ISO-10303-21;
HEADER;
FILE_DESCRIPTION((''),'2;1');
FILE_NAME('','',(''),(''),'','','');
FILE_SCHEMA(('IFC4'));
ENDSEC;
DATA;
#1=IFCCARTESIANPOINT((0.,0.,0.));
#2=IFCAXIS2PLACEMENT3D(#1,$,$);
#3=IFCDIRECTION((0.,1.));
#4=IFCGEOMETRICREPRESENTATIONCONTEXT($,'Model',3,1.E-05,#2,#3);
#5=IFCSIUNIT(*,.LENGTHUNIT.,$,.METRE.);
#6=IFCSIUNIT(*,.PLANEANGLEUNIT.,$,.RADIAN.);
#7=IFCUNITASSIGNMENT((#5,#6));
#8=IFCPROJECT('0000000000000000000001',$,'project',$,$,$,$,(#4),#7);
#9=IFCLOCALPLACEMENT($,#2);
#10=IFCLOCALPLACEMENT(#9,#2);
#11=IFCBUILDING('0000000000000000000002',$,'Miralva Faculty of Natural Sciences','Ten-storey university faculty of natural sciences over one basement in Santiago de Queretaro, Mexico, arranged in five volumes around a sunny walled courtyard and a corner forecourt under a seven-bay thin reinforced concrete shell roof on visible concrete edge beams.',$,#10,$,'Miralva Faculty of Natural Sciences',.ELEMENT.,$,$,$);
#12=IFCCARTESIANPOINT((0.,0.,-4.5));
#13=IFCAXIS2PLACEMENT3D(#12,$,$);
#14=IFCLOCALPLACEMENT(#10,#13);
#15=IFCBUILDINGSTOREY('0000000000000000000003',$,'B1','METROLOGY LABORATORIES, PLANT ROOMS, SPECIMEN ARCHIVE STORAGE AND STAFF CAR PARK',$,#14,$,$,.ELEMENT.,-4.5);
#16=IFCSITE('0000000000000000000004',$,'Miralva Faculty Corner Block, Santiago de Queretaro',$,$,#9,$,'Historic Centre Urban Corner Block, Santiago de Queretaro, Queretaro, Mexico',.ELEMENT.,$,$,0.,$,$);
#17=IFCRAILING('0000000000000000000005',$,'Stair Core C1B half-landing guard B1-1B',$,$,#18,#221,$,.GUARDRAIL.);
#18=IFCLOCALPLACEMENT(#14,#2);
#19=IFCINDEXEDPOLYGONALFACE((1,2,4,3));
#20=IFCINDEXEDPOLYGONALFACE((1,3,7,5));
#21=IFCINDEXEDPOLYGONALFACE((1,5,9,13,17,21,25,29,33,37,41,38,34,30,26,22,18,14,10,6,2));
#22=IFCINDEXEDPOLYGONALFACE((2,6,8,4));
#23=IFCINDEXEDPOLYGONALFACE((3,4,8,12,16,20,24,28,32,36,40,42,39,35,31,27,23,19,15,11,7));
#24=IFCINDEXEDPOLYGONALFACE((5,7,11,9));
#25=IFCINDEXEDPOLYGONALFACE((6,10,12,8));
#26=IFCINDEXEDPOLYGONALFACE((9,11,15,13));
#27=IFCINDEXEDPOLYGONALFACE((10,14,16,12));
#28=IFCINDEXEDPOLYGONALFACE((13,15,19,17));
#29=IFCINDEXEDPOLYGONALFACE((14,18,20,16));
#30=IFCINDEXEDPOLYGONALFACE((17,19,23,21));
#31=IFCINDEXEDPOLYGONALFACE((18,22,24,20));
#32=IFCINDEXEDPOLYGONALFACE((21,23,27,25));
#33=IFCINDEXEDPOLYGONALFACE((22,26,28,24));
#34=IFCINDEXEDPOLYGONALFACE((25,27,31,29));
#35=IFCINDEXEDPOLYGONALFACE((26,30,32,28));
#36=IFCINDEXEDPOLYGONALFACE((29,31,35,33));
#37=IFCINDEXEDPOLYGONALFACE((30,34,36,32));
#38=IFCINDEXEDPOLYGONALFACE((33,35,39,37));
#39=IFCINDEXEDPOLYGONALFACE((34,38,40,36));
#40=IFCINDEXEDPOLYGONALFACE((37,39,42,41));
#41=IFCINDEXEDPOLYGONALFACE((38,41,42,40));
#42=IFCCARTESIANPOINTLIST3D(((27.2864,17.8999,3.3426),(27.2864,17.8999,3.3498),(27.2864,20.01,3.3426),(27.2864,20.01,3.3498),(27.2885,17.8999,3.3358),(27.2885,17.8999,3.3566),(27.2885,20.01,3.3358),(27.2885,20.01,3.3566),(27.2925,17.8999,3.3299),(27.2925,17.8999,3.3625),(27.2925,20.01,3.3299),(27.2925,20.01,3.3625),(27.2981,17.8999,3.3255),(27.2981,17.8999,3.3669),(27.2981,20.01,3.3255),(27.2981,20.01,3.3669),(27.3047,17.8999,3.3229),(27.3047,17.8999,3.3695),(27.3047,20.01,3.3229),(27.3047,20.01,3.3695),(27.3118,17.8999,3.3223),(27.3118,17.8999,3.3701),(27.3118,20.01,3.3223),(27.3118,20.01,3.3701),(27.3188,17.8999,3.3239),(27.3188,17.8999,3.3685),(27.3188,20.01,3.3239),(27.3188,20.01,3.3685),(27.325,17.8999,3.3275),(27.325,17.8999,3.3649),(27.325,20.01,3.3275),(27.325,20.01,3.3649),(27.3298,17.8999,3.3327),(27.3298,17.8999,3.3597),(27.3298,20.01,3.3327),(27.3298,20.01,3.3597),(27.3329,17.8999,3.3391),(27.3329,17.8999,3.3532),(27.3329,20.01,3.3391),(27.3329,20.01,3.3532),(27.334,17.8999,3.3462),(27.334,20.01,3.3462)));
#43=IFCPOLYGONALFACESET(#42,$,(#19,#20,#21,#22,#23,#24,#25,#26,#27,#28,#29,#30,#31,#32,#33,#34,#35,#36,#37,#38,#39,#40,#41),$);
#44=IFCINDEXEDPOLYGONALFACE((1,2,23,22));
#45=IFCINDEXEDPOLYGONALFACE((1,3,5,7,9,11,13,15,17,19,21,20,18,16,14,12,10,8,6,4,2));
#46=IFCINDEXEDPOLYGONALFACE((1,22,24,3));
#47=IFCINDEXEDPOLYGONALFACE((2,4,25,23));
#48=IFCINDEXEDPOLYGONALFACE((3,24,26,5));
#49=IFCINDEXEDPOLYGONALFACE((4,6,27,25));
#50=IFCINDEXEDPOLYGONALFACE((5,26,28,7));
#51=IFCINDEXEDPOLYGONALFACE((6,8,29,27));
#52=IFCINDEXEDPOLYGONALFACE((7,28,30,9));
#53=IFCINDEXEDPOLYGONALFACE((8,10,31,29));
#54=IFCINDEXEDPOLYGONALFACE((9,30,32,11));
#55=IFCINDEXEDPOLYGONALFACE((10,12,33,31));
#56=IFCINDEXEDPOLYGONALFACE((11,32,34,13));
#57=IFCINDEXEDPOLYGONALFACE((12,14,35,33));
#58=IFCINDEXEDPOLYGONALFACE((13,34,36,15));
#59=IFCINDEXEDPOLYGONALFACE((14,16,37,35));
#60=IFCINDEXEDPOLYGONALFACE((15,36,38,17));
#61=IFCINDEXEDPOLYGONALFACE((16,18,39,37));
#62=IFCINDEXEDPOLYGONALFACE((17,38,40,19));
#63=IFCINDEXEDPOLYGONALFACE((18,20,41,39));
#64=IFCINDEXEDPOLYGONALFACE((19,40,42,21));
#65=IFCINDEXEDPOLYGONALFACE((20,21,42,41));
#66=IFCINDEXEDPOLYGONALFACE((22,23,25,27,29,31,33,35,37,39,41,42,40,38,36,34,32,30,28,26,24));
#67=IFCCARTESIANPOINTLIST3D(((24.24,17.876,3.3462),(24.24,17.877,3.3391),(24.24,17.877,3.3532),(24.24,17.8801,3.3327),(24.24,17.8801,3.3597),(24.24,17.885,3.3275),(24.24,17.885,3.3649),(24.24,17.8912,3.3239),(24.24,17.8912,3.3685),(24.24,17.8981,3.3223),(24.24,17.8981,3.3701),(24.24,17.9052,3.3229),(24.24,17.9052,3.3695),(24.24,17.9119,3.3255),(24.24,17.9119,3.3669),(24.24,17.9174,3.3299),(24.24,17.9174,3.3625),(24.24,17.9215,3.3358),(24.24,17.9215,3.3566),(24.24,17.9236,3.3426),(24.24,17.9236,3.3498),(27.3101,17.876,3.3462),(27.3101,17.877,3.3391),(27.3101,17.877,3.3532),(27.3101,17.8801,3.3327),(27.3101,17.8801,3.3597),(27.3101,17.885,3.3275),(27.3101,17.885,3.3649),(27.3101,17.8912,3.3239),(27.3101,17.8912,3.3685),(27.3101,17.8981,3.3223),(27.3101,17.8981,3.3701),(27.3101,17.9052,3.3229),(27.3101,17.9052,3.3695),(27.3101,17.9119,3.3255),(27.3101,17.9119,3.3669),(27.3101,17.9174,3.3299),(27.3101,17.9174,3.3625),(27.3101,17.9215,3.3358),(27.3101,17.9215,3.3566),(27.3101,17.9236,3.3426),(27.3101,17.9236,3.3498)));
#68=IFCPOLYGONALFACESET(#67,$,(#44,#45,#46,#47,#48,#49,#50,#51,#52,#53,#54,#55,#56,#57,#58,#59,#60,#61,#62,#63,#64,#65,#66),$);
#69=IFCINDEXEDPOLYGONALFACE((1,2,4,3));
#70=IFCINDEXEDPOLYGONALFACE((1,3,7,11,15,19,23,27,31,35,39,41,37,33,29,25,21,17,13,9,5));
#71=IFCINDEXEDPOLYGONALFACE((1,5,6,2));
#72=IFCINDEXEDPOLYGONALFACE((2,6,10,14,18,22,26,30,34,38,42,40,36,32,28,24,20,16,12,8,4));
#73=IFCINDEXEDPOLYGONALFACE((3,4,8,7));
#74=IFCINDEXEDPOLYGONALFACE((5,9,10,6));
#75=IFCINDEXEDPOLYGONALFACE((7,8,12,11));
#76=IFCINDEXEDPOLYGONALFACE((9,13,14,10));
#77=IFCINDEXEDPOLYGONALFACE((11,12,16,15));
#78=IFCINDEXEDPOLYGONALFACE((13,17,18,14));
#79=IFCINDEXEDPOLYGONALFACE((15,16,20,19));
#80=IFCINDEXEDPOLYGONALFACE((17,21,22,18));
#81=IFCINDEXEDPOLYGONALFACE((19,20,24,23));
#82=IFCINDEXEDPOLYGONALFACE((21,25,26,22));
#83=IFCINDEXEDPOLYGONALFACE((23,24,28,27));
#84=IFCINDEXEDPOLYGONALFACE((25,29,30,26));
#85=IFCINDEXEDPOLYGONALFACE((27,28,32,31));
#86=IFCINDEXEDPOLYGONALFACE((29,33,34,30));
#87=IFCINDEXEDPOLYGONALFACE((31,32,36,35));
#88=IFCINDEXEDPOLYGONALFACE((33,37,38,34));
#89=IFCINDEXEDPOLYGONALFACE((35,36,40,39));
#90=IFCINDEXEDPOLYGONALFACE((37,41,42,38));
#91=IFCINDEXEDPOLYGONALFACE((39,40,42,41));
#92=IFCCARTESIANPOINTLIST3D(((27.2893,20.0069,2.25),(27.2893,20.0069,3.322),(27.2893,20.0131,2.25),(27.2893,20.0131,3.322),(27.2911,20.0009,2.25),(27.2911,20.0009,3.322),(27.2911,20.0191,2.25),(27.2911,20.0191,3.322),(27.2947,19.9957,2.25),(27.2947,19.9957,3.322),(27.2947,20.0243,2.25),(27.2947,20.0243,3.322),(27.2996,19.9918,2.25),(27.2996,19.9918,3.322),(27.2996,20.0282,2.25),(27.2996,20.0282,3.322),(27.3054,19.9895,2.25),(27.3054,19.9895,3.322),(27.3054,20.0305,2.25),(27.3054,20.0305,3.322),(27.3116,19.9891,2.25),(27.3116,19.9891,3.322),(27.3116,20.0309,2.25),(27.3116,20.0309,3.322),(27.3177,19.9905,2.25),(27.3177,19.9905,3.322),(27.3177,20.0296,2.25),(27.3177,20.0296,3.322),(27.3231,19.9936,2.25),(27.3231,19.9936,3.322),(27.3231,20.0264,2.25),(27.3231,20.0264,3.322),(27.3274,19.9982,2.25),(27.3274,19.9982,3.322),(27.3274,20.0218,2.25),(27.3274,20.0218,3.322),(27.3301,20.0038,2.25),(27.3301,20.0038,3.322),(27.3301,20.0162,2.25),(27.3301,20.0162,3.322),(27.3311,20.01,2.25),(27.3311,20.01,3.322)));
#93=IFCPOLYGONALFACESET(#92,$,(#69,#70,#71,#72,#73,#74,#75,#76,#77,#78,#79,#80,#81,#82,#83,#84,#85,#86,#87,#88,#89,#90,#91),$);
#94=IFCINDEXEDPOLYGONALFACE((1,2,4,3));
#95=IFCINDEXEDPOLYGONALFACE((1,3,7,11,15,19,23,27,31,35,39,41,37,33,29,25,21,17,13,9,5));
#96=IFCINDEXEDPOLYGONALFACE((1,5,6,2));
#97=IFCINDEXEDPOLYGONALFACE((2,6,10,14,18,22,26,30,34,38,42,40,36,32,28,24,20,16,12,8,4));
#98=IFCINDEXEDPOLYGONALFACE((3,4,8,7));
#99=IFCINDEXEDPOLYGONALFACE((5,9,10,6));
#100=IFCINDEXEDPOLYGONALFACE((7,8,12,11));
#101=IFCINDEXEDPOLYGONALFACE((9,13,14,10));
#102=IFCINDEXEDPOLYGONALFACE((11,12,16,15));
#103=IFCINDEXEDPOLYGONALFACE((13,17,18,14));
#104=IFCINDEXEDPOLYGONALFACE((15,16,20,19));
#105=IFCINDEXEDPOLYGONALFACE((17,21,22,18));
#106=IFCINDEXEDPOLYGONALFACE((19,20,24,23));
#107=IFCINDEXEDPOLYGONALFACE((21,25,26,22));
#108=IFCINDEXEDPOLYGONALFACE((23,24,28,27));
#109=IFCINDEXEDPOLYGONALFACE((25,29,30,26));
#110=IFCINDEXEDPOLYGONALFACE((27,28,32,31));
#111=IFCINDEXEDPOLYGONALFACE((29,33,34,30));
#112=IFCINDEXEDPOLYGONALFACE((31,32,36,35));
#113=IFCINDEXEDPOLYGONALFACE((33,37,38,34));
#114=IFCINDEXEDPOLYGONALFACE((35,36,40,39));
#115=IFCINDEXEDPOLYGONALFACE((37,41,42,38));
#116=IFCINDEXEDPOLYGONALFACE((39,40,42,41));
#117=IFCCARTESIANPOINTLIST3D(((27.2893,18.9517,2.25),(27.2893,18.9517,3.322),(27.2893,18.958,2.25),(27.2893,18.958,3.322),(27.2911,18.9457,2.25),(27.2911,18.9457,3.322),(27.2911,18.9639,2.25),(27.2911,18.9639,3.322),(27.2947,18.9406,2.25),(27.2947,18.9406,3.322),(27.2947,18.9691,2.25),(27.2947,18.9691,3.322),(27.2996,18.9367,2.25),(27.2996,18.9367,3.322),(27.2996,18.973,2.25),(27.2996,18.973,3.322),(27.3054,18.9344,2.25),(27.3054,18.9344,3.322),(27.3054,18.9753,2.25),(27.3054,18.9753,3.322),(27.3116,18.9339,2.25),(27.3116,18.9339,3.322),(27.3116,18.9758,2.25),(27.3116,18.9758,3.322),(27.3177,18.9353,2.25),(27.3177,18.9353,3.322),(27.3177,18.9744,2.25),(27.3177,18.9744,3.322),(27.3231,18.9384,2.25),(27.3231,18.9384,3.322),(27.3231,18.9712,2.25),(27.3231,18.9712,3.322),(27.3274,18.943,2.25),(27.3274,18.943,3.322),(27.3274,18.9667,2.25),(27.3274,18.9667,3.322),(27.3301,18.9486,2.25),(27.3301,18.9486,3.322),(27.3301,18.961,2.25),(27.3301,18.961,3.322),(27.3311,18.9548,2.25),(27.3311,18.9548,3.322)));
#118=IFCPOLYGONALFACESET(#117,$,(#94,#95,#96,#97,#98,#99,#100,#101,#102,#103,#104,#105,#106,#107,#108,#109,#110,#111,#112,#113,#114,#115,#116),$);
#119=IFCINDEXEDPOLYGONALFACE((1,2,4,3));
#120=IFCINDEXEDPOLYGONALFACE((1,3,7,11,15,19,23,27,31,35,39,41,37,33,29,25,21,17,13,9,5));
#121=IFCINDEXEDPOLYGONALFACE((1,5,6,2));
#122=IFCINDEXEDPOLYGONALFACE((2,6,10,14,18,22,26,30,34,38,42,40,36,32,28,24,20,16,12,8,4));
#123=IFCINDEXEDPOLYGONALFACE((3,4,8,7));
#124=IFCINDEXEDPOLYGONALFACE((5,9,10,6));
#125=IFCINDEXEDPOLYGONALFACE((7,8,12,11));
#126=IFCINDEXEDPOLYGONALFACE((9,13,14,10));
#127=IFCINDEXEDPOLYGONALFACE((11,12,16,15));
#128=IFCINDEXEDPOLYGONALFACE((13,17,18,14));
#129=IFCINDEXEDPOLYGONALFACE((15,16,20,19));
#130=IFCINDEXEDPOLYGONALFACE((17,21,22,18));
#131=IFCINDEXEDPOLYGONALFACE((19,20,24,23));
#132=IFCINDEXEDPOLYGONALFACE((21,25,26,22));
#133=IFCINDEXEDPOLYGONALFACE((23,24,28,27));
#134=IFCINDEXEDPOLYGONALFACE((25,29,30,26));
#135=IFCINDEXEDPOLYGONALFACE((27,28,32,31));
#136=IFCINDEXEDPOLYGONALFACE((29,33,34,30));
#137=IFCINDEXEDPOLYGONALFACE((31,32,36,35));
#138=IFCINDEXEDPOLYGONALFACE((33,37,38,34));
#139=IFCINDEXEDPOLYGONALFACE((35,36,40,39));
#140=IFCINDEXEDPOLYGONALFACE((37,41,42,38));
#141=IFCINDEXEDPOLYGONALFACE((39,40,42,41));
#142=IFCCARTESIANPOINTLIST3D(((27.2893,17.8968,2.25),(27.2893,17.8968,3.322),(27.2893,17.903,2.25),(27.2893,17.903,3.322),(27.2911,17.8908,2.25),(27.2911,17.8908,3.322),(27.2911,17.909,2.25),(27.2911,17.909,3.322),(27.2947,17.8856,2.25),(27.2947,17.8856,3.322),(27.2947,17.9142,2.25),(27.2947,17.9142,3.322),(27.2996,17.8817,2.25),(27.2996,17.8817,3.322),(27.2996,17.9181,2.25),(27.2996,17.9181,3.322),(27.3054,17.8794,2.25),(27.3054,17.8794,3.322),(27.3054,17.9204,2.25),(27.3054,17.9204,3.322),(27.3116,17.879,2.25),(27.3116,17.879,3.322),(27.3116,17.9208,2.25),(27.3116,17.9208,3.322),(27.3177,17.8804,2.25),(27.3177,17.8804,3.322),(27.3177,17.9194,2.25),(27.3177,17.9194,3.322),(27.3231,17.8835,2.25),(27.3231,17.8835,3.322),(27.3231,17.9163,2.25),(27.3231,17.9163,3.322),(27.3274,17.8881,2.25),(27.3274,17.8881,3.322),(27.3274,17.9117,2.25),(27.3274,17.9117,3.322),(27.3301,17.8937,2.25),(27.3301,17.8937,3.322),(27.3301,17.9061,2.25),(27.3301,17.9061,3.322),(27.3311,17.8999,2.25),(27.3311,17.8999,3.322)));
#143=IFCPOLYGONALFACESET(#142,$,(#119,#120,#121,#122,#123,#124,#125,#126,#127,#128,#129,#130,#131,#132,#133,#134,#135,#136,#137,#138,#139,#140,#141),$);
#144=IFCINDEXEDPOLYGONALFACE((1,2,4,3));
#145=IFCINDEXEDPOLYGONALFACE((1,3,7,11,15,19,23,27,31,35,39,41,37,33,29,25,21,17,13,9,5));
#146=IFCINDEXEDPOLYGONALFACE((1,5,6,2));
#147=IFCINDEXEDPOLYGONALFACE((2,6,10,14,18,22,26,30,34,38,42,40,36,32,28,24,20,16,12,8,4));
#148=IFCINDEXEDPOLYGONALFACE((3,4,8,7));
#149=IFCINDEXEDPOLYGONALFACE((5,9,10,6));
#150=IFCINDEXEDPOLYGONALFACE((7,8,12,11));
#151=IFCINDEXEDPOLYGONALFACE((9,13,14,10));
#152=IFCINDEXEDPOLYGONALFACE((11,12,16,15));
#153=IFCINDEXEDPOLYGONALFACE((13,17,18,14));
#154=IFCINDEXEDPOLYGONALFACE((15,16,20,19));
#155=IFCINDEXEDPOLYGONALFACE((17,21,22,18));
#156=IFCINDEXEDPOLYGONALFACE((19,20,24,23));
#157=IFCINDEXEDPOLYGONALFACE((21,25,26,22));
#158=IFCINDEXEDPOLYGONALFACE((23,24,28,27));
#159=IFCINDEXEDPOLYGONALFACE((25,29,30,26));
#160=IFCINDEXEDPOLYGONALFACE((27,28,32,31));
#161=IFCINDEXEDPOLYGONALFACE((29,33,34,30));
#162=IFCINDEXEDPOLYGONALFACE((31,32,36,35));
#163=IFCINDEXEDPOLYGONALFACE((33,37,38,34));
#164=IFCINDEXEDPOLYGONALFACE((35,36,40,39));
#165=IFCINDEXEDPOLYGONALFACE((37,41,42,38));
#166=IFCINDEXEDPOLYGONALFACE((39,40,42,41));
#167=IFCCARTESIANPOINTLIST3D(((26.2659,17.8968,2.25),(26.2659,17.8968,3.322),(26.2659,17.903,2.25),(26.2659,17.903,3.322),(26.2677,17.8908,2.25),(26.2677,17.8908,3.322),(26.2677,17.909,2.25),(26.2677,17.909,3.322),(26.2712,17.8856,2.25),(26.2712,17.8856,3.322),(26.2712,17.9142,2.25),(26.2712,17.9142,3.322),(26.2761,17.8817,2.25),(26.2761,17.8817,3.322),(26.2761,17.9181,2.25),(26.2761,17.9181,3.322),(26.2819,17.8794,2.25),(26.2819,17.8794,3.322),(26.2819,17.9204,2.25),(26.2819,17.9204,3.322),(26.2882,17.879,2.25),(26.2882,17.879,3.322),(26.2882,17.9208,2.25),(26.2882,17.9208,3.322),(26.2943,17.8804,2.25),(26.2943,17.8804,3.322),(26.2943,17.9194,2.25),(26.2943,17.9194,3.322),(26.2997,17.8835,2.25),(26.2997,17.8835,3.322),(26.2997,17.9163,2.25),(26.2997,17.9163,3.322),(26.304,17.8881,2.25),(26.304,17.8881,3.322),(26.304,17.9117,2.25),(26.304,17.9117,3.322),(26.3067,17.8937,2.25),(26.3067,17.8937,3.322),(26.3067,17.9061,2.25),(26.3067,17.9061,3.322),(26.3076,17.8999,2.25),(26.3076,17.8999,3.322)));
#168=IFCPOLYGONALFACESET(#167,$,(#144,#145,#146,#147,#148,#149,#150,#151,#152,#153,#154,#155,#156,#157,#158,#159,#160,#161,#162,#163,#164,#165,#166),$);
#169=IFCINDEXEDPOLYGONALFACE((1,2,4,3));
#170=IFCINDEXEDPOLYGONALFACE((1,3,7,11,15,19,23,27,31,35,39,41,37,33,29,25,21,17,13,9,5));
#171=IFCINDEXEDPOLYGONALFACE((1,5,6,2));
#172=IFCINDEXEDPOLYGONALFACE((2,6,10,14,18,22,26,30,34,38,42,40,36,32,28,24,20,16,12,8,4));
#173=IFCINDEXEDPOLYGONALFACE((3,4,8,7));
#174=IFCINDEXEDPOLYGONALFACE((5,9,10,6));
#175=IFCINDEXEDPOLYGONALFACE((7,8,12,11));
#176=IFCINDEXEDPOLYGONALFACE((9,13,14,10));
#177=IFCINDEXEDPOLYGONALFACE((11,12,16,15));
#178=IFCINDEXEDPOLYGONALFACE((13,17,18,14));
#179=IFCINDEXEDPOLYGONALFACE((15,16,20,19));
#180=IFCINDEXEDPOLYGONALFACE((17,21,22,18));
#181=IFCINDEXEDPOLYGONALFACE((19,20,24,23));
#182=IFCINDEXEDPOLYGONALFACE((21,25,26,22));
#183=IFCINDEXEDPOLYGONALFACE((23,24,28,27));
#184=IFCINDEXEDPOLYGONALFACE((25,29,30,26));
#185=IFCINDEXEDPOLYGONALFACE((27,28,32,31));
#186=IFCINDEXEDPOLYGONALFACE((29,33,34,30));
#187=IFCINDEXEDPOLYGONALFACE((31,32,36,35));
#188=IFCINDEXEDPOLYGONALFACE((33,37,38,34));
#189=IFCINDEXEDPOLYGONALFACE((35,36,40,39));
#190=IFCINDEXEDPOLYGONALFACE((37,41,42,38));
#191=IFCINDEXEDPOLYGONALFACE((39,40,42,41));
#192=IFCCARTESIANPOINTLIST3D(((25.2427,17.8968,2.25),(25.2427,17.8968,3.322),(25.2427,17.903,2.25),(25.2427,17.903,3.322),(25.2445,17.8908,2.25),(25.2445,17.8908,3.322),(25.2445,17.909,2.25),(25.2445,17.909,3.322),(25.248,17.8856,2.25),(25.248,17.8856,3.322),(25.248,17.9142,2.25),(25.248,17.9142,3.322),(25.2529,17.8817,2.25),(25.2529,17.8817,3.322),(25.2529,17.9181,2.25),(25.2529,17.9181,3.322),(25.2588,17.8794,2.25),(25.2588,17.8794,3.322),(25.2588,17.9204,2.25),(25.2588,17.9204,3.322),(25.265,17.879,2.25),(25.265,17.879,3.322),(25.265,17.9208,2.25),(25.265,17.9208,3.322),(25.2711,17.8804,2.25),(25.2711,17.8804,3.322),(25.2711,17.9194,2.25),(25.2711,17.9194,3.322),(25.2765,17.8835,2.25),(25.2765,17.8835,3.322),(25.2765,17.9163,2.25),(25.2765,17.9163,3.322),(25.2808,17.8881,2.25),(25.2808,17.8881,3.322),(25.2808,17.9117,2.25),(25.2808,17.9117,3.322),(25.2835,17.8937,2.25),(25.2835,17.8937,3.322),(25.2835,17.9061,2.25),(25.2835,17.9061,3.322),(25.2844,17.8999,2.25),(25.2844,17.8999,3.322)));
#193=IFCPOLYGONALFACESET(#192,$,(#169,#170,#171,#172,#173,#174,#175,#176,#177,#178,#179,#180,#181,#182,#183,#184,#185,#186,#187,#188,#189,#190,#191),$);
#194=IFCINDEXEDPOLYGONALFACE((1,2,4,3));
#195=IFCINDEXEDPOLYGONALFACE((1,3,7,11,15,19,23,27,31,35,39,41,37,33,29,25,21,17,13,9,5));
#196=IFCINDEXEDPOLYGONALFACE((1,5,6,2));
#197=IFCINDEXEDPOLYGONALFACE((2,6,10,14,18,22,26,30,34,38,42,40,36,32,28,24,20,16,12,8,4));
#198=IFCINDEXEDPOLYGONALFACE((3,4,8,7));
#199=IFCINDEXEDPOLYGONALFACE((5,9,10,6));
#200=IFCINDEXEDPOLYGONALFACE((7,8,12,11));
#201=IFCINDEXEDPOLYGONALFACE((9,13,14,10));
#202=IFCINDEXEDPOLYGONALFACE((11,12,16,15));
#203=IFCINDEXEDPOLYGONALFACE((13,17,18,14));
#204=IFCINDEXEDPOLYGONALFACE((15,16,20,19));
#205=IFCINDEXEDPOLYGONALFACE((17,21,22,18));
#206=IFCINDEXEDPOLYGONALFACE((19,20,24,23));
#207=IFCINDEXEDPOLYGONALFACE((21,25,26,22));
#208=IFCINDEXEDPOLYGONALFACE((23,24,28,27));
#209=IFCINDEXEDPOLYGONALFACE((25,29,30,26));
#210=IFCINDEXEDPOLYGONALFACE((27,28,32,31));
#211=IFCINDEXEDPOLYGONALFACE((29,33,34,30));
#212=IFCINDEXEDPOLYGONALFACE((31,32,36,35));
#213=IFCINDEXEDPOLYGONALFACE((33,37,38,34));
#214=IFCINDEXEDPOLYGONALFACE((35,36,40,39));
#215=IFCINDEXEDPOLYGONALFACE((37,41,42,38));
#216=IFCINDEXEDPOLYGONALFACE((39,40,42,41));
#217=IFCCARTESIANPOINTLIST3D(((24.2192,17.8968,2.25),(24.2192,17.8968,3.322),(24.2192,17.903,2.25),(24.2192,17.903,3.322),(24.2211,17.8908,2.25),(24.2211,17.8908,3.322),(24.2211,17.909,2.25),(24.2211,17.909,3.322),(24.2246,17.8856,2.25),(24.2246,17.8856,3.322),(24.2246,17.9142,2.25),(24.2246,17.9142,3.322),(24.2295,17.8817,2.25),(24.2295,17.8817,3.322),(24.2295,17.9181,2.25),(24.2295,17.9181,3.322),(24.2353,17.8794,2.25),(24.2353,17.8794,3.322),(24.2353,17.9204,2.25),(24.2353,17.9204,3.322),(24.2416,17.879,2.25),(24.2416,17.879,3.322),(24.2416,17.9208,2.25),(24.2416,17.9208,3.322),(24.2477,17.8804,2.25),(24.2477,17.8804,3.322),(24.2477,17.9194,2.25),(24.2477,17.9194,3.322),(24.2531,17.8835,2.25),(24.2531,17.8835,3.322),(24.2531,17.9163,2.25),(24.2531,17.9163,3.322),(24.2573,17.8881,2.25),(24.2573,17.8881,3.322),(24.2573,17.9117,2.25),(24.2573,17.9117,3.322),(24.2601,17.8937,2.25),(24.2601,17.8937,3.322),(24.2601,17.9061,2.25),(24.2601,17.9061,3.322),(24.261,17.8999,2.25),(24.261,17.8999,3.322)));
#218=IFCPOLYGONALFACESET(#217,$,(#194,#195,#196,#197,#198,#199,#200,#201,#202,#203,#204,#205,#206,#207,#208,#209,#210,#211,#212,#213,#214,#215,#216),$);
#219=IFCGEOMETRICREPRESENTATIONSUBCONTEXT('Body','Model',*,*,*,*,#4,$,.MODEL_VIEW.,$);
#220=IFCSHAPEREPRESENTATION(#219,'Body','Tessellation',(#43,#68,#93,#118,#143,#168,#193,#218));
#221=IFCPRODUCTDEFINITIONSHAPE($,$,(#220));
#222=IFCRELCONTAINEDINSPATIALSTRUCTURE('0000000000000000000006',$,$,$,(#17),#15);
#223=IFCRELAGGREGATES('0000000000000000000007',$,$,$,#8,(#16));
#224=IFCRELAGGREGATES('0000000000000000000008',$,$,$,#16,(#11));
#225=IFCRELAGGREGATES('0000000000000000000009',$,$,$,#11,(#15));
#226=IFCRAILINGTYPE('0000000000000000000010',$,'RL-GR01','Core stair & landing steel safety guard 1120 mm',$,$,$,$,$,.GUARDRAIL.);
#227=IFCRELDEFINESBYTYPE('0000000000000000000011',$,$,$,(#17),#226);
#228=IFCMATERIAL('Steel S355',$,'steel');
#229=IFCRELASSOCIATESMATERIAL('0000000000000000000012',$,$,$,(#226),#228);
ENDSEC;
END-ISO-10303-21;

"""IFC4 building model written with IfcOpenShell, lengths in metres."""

from ifc_helpers import new_model, si_unit, direction, frame, origin, origin_2d, place, context, subcontext, project, spatial, circle, extrude, material, type_object, element, save


model = new_model("IFC4")

# Units and contexts
model_context = context("Model", 3, precision=1e-05, world=origin(), true_north=direction((0.0, 1.0)))
body_context = subcontext(model_context, "Body", "Model", "MODEL_VIEW")
ifc_project = project(units=[si_unit("LENGTHUNIT", "METRE"), si_unit("PLANEANGLEUNIT", "RADIAN")], contexts=[model_context])

# Site, building, storey
site_placement = place(None, origin())
site = spatial("IfcSite", under=ifc_project, at=site_placement, Name="Miralva Faculty Corner Block, Santiago de Queretaro", LongName="Historic Centre Urban Corner Block, Santiago de Queretaro, Queretaro, Mexico", CompositionType="ELEMENT", RefElevation=0.0)
building_placement = place(site_placement, origin())
building = spatial("IfcBuilding", under=site, at=building_placement, Name="Miralva Faculty of Natural Sciences", Description="Ten-storey university faculty of natural sciences over one basement in Santiago de Queretaro, Mexico, arranged in five volumes around a sunny walled courtyard and a corner forecourt under a seven-bay thin reinforced concrete shell roof on visible concrete edge beams.", LongName="Miralva Faculty of Natural Sciences", CompositionType="ELEMENT")
storey_placement = place(building_placement, frame((0.0, 0.0, -4.5)))
storey = spatial("IfcBuildingStorey", under=building, at=storey_placement, Name="B1", Description="METROLOGY LABORATORIES, PLANT ROOMS, SPECIMEN ARCHIVE STORAGE AND STAFF CAR PARK", CompositionType="ELEMENT", Elevation=-4.5)

# Railing
ifc_material_1 = material(Name="Steel S355", Category="steel")
railing_type = type_object("IfcRailingType", Name="RL-GR01", Description="Core stair & landing steel safety guard 1120 mm", PredefinedType="GUARDRAIL", material=ifc_material_1)
railing_placement = place(storey_placement, frame((27.3101, 20.01, 2.25)))
element("IfcRailing", 1, at=railing_placement, inside=storey, type_object=railing_type, Name="Stair Core C1B half-landing guard B1-1B", PredefinedType="GUARDRAIL", context=body_context, shape_type="SweptSolid", body=[
    extrude(circle(Radius=0.0239, at=origin_2d()), frame((0.0, 0.0, 1.0962), z_axis=(0.0, -1.0, 0.0), x_axis=(1.0, 0.0, 0.0)), (0.0, 0.0, 1.0), 2.1101),
    extrude(circle(Radius=0.0239, at=origin_2d()), frame((0.0, -2.1101, 1.0962), z_axis=(-1.0, 0.0, 0.0), x_axis=(0.0, -1.0, 0.0)), (0.0, 0.0, 1.0), 3.0701),
    extrude(circle(Radius=0.021, at=origin_2d()), origin(), (0.0, 0.0, 1.0), 1.072),
    extrude(circle(Radius=0.021, at=origin_2d()), frame((0.0, -1.0552, 0.0)), (0.0, 0.0, 1.0), 1.072),
    extrude(circle(Radius=0.021, at=origin_2d()), frame((0.0, -2.1101, 0.0)), (0.0, 0.0, 1.0), 1.072),
    extrude(circle(Radius=0.021, at=origin_2d()), frame((-1.0234, -2.1101, 0.0)), (0.0, 0.0, 1.0), 1.072),
    extrude(circle(Radius=0.021, at=origin_2d()), frame((-2.0466, -2.1101, 0.0)), (0.0, 0.0, 1.0), 1.072),
    extrude(circle(Radius=0.021, at=origin_2d()), frame((-3.0701, -2.1101, 0.0)), (0.0, 0.0, 1.0), 1.072),
])

save(model, "model.ifc")
